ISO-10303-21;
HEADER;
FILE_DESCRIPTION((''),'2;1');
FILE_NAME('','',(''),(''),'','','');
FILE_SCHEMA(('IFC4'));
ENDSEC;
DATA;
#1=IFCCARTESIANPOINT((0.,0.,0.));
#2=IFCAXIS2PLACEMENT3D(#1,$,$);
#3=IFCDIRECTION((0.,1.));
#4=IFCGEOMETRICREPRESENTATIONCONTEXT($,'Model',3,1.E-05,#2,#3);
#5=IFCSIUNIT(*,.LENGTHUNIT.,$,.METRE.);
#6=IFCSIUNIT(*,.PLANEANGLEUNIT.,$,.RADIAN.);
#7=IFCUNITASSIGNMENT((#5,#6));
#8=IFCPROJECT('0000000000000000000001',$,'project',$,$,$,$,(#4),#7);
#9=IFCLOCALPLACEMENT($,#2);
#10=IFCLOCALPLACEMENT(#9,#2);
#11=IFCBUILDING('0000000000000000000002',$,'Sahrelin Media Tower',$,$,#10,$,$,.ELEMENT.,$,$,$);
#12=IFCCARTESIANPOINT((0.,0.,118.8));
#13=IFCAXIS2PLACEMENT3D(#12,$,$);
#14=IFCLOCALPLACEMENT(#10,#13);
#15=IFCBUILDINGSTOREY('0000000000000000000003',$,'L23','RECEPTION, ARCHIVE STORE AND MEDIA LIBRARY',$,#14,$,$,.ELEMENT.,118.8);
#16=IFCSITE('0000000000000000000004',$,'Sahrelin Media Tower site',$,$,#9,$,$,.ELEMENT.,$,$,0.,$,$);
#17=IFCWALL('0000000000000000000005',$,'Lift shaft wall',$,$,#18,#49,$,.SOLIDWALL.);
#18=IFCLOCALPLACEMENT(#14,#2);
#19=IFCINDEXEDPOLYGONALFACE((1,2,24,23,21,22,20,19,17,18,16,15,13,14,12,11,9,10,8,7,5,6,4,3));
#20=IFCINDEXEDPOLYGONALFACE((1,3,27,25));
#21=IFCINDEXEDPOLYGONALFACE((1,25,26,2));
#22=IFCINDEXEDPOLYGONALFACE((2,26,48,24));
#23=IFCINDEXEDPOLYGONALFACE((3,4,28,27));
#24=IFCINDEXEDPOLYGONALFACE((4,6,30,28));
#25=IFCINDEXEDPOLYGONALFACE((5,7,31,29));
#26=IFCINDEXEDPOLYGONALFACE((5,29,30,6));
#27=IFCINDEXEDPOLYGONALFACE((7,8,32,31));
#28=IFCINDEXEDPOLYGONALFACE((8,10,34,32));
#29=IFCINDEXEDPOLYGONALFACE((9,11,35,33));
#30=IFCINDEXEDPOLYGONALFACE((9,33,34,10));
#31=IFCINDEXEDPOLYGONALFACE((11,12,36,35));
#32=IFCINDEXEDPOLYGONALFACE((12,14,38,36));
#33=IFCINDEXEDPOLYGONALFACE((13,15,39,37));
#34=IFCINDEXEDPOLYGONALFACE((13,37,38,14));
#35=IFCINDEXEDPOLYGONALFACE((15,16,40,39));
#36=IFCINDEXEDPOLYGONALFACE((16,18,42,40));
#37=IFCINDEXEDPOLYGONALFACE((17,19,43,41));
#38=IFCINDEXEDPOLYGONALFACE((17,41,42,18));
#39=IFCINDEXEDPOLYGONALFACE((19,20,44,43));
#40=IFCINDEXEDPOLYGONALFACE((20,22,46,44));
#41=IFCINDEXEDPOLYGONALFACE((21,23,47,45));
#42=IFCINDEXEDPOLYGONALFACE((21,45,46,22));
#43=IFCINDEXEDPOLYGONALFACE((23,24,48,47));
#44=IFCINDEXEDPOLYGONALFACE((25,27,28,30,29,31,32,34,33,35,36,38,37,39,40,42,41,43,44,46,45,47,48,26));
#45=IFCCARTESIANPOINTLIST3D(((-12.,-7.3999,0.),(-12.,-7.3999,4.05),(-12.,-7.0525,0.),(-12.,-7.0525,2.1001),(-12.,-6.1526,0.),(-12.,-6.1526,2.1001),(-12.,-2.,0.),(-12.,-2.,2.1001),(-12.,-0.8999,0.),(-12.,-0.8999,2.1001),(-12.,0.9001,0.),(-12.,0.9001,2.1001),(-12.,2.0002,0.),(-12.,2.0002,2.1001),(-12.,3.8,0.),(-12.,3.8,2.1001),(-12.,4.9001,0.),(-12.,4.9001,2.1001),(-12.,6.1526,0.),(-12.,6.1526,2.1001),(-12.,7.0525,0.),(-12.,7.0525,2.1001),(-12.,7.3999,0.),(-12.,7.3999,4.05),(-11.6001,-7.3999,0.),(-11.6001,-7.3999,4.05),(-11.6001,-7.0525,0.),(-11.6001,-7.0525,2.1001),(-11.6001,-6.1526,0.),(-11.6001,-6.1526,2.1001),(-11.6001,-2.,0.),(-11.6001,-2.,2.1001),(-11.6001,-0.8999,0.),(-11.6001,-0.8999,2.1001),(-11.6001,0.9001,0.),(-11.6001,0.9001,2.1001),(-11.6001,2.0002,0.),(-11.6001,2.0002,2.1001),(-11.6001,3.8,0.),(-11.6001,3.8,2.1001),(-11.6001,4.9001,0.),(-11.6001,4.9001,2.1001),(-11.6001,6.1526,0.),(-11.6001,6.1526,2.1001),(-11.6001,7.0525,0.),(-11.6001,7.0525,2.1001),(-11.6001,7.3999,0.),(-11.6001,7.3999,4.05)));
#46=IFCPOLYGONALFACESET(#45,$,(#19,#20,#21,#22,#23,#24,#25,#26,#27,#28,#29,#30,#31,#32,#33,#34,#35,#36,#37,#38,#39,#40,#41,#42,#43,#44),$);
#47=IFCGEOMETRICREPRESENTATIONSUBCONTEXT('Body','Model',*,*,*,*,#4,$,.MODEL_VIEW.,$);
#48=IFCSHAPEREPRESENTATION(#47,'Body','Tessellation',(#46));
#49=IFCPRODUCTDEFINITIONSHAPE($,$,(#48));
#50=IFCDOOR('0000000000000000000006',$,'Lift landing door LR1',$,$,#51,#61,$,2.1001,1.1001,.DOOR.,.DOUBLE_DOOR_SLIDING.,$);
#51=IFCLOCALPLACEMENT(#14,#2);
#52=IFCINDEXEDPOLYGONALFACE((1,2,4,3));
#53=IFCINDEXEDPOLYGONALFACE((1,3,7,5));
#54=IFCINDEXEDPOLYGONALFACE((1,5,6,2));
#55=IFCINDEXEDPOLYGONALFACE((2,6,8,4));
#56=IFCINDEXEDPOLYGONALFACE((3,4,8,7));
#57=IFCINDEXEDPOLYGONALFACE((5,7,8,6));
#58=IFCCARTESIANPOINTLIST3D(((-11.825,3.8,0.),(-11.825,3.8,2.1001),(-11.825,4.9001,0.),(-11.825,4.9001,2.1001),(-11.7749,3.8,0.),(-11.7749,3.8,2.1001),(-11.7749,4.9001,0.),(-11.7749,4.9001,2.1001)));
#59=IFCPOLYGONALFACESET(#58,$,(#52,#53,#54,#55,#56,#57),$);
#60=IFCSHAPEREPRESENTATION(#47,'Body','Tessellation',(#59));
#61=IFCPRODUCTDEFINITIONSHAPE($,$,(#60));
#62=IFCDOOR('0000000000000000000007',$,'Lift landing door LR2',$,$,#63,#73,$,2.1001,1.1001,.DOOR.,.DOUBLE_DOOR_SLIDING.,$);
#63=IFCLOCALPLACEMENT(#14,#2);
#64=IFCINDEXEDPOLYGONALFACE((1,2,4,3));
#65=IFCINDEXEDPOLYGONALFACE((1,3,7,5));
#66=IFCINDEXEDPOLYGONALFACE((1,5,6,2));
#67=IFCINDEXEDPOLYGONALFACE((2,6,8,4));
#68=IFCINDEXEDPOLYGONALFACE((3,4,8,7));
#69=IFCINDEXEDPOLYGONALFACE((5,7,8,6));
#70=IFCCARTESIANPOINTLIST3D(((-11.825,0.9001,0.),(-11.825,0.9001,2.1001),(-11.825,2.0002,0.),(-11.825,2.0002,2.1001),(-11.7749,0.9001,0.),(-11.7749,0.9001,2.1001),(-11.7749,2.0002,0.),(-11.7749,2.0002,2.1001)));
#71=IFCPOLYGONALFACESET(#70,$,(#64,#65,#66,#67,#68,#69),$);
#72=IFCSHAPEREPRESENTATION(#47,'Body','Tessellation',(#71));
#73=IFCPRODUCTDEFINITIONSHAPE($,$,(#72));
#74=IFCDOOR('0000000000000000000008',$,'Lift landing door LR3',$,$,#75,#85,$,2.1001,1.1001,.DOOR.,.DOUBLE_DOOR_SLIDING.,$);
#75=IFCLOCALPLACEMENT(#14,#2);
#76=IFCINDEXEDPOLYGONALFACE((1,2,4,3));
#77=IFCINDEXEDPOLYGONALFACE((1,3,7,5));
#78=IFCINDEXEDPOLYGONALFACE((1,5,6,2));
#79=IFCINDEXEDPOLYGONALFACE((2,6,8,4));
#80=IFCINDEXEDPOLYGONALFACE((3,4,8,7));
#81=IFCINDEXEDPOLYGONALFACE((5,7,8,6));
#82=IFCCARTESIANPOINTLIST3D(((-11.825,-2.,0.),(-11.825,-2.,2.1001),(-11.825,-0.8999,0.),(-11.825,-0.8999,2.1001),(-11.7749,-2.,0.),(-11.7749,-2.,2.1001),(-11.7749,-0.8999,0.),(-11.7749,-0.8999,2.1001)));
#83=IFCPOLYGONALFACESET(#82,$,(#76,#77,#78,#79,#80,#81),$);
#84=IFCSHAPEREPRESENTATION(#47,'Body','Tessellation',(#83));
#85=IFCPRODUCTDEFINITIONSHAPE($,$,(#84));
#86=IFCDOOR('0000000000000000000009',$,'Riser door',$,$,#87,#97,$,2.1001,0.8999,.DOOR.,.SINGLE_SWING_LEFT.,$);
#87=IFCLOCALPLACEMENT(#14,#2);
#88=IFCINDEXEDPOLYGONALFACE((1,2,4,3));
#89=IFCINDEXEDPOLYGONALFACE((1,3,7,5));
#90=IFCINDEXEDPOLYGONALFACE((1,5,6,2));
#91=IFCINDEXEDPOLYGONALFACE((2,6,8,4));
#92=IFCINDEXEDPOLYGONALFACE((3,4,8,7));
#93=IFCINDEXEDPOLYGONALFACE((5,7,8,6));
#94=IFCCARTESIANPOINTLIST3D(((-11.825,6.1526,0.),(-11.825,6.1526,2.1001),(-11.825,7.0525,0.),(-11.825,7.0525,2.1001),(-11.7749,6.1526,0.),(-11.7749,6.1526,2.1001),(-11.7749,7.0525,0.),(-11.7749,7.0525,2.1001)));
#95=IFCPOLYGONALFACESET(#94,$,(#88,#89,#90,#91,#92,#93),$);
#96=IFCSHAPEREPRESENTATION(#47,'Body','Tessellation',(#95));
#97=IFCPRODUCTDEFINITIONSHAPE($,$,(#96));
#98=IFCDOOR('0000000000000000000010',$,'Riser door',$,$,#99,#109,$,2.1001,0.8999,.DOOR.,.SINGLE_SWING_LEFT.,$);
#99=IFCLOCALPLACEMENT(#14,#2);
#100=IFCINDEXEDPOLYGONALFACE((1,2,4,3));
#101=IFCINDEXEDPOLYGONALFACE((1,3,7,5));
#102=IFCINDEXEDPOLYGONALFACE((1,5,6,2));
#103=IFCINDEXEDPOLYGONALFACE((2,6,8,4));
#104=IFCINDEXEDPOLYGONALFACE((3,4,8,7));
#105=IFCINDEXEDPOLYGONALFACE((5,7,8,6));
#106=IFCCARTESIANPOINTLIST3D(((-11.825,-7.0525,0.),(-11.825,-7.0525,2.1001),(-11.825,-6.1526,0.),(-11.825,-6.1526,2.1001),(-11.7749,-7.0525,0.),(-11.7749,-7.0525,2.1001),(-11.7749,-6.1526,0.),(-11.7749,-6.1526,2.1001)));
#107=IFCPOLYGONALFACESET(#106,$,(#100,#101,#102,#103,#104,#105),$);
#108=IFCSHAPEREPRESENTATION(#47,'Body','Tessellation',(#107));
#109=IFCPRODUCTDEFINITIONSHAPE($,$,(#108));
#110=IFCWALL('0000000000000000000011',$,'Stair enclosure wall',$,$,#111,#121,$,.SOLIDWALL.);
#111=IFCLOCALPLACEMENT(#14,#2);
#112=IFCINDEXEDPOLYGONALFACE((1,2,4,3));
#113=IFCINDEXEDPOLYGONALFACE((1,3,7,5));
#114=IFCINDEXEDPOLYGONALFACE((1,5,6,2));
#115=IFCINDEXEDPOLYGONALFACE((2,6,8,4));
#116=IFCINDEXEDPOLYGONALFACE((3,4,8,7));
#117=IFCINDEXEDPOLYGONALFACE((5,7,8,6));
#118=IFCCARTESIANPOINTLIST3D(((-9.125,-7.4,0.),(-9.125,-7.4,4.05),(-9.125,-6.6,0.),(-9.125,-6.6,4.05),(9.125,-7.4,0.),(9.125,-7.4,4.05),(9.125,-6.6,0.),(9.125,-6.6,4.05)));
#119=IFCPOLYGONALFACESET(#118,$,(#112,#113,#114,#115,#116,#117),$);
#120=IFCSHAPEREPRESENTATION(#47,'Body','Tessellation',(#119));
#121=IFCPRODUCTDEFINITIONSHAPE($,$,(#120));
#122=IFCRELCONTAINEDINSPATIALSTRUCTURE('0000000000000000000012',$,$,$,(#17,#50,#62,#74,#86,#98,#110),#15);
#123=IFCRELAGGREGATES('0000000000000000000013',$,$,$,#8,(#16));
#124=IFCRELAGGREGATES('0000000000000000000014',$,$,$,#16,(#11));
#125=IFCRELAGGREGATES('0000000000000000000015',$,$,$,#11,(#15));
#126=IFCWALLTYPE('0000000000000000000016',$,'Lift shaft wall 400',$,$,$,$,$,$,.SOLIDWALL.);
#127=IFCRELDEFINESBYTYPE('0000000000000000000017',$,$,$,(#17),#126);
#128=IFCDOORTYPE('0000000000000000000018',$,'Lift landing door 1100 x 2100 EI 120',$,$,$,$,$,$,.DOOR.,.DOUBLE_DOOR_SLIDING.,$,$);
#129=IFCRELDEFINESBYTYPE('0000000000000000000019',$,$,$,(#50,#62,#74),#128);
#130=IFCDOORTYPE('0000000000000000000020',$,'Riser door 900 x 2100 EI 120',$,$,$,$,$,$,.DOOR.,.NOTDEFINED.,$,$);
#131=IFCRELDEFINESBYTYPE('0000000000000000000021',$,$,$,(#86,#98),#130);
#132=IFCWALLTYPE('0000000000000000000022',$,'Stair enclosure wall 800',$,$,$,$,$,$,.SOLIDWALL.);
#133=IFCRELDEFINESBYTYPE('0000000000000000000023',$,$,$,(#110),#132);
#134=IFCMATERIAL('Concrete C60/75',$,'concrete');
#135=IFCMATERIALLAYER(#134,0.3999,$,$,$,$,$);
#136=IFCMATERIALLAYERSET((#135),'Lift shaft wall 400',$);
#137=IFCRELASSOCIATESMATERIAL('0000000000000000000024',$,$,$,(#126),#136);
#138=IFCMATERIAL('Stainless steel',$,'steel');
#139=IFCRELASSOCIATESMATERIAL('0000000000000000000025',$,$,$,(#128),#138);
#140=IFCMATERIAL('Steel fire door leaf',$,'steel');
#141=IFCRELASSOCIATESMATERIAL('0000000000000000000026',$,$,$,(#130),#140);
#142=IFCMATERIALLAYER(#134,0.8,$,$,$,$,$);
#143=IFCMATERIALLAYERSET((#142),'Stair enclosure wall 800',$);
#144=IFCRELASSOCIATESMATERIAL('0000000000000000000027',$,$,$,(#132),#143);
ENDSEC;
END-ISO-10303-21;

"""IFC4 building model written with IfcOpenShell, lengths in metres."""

from ifc_helpers import new_model, si_unit, direction, frame, frame_2d, origin, place, context, subcontext, project, spatial, rectangle, extrude, material, layer, layer_set, type_object, element, fill, save


model = new_model("IFC4")

# Units and contexts
model_context = context("Model", 3, precision=1e-05, world=origin(), true_north=direction((0.0, 1.0)))
body_context = subcontext(model_context, "Body", "Model", "MODEL_VIEW")
ifc_project = project(units=[si_unit("LENGTHUNIT", "METRE"), si_unit("PLANEANGLEUNIT", "RADIAN")], contexts=[model_context])

# Site, building, storey
site_placement = place(None, origin())
site = spatial("IfcSite", under=ifc_project, at=site_placement, Name="Sahrelin Media Tower site", CompositionType="ELEMENT", RefElevation=0.0)
building_placement = place(site_placement, origin())
building = spatial("IfcBuilding", under=site, at=building_placement, Name="Sahrelin Media Tower", CompositionType="ELEMENT")
storey_placement = place(building_placement, frame((0.0, 0.0, 118.8)))
storey = spatial("IfcBuildingStorey", under=building, at=storey_placement, Name="L23", Description="RECEPTION, ARCHIVE STORE AND MEDIA LIBRARY", CompositionType="ELEMENT", Elevation=118.8)

# Shared definitions
ifc_material_1 = material(Name="Concrete C60/75", Category="concrete")
ifc_material_2 = material(Name="Steel fire door leaf", Category="steel")

# Wall, openings, doors
ifc_layer_1 = layer(ifc_material_1, 0.3999)
ifc_layer_set_1 = layer_set([ifc_layer_1], Name="Lift shaft wall 400")
wall_type_1 = type_object("IfcWallType", Name="Lift shaft wall 400", PredefinedType="SOLIDWALL", material=ifc_layer_set_1)
wall_1_placement = place(storey_placement, frame((-11.8, -7.3999, 0.0), z_axis=(0.0, 0.0, 1.0), x_axis=(0.0, 1.0, 0.0)))
wall_1 = element("IfcWall", 1, at=wall_1_placement, inside=storey, type_object=wall_type_1, Name="Lift shaft wall", PredefinedType="SOLIDWALL", context=body_context, shape_type="SweptSolid", body=[
    extrude(rectangle(XDim=14.7998, YDim=0.3999, at=frame_2d((7.3999, 0.0))), origin(), (0.0, 0.0, 1.0), 4.05),
])
opening_1_placement = place(wall_1_placement, frame((11.2, 0.0, 0.0)))
opening_1 = element("IfcOpeningElement", 2, at=opening_1_placement, cuts=wall_1, PredefinedType="OPENING", context=body_context, shape_type="SweptSolid", body=[
    extrude(rectangle(XDim=1.1001, YDim=2.1001, at=frame_2d((0.55, 1.05))), frame((0.0, 0.2, 0.0), z_axis=(0.0, -1.0, 0.0), x_axis=(1.0, 0.0, 0.0)), (0.0, 0.0, 1.0), 0.3999),
])
opening_2_placement = place(wall_1_placement, frame((8.3, 0.0, 0.0)))
opening_2 = element("IfcOpeningElement", 3, at=opening_2_placement, cuts=wall_1, PredefinedType="OPENING", context=body_context, shape_type="SweptSolid", body=[
    extrude(rectangle(XDim=1.1001, YDim=2.1001, at=frame_2d((0.55, 1.05))), frame((0.0, 0.2, 0.0), z_axis=(0.0, -1.0, 0.0), x_axis=(1.0, 0.0, 0.0)), (0.0, 0.0, 1.0), 0.3999),
])
opening_3_placement = place(wall_1_placement, frame((5.3999, 0.0, 0.0)))
opening_3 = element("IfcOpeningElement", 4, at=opening_3_placement, cuts=wall_1, PredefinedType="OPENING", context=body_context, shape_type="SweptSolid", body=[
    extrude(rectangle(XDim=1.1001, YDim=2.1001, at=frame_2d((0.55, 1.05))), frame((0.0, 0.2, 0.0), z_axis=(0.0, -1.0, 0.0), x_axis=(1.0, 0.0, 0.0)), (0.0, 0.0, 1.0), 0.3999),
])
opening_4_placement = place(wall_1_placement, frame((13.5525, 0.0, 0.0)))
opening_4 = element("IfcOpeningElement", 5, at=opening_4_placement, cuts=wall_1, PredefinedType="OPENING", context=body_context, shape_type="SweptSolid", body=[
    extrude(rectangle(XDim=0.8999, YDim=2.1001, at=frame_2d((0.45, 1.05))), frame((0.0, 0.2, 0.0), z_axis=(0.0, -1.0, 0.0), x_axis=(1.0, 0.0, 0.0)), (0.0, 0.0, 1.0), 0.3999),
])
opening_5_placement = place(wall_1_placement, frame((0.3474, 0.0, 0.0)))
opening_5 = element("IfcOpeningElement", 6, at=opening_5_placement, cuts=wall_1, PredefinedType="OPENING", context=body_context, shape_type="SweptSolid", body=[
    extrude(rectangle(XDim=0.8999, YDim=2.1001, at=frame_2d((0.45, 1.05))), frame((0.0, 0.2, 0.0), z_axis=(0.0, -1.0, 0.0), x_axis=(1.0, 0.0, 0.0)), (0.0, 0.0, 1.0), 0.3999),
])
ifc_material_3 = material(Name="Stainless steel", Category="steel")
door_type_1 = type_object("IfcDoorType", Name="Lift landing door 1100 x 2100 EI 120", OperationType="DOUBLE_DOOR_SLIDING", PredefinedType="DOOR", material=ifc_material_3)
door_1_placement = place(opening_1_placement, origin())
door_1 = element("IfcDoor", 7, at=door_1_placement, inside=storey, type_object=door_type_1, Name="Lift landing door LR1", OperationType="DOUBLE_DOOR_SLIDING", OverallHeight=2.1001, OverallWidth=1.1001, PredefinedType="DOOR", context=body_context, shape_type="SweptSolid", body=[
    extrude(rectangle(XDim=1.1001, YDim=2.1001, at=frame_2d((0.55, 1.05))), frame((0.0, 0.0249, 0.0), z_axis=(0.0, -1.0, 0.0), x_axis=(1.0, 0.0, 0.0)), (0.0, 0.0, 1.0), 0.05),
])
fill(opening_1, door_1)
door_2_placement = place(opening_2_placement, origin())
door_2 = element("IfcDoor", 8, at=door_2_placement, inside=storey, type_object=door_type_1, Name="Lift landing door LR2", OperationType="DOUBLE_DOOR_SLIDING", OverallHeight=2.1001, OverallWidth=1.1001, PredefinedType="DOOR", context=body_context, shape_type="SweptSolid", body=[
    extrude(rectangle(XDim=1.1001, YDim=2.1001, at=frame_2d((0.55, 1.05))), frame((0.0, 0.0249, 0.0), z_axis=(0.0, -1.0, 0.0), x_axis=(1.0, 0.0, 0.0)), (0.0, 0.0, 1.0), 0.05),
])
fill(opening_2, door_2)
door_3_placement = place(opening_3_placement, origin())
door_3 = element("IfcDoor", 9, at=door_3_placement, inside=storey, type_object=door_type_1, Name="Lift landing door LR3", OperationType="DOUBLE_DOOR_SLIDING", OverallHeight=2.1001, OverallWidth=1.1001, PredefinedType="DOOR", context=body_context, shape_type="SweptSolid", body=[
    extrude(rectangle(XDim=1.1001, YDim=2.1001, at=frame_2d((0.55, 1.05))), frame((0.0, 0.0249, 0.0), z_axis=(0.0, -1.0, 0.0), x_axis=(1.0, 0.0, 0.0)), (0.0, 0.0, 1.0), 0.05),
])
fill(opening_3, door_3)
door_type_2 = type_object("IfcDoorType", Name="Riser door 900 x 2100 EI 120", OperationType="NOTDEFINED", PredefinedType="DOOR", material=ifc_material_2)
door_4_placement = place(opening_4_placement, origin())
door_4 = element("IfcDoor", 10, at=door_4_placement, inside=storey, type_object=door_type_2, Name="Riser door", OperationType="SINGLE_SWING_LEFT", OverallHeight=2.1001, OverallWidth=0.8999, PredefinedType="DOOR", context=body_context, shape_type="SweptSolid", body=[
    extrude(rectangle(XDim=0.8999, YDim=2.1001, at=frame_2d((0.45, 1.05))), frame((0.0, 0.0249, 0.0), z_axis=(0.0, -1.0, 0.0), x_axis=(1.0, 0.0, 0.0)), (0.0, 0.0, 1.0), 0.05),
])
fill(opening_4, door_4)
door_5_placement = place(opening_5_placement, origin())
door_5 = element("IfcDoor", 11, at=door_5_placement, inside=storey, type_object=door_type_2, Name="Riser door", OperationType="SINGLE_SWING_LEFT", OverallHeight=2.1001, OverallWidth=0.8999, PredefinedType="DOOR", context=body_context, shape_type="SweptSolid", body=[
    extrude(rectangle(XDim=0.8999, YDim=2.1001, at=frame_2d((0.45, 1.05))), frame((0.0, 0.0249, 0.0), z_axis=(0.0, -1.0, 0.0), x_axis=(1.0, 0.0, 0.0)), (0.0, 0.0, 1.0), 0.05),
])
fill(opening_5, door_5)

# Wall
ifc_layer_2 = layer(ifc_material_1, 0.8)
ifc_layer_set_2 = layer_set([ifc_layer_2], Name="Stair enclosure wall 800")
wall_type_2 = type_object("IfcWallType", Name="Stair enclosure wall 800", PredefinedType="SOLIDWALL", material=ifc_layer_set_2)
wall_2_placement = place(storey_placement, frame((-9.125, -7.0, 0.0), z_axis=(0.0, 0.0, 1.0), x_axis=(1.0, 0.0, 0.0)))
element("IfcWall", 12, at=wall_2_placement, inside=storey, type_object=wall_type_2, Name="Stair enclosure wall", PredefinedType="SOLIDWALL", context=body_context, shape_type="SweptSolid", body=[
    extrude(rectangle(XDim=18.25, YDim=0.8, at=frame_2d((9.125, 0.0))), origin(), (0.0, 0.0, 1.0), 4.05),
])

save(model, "model.ifc")
